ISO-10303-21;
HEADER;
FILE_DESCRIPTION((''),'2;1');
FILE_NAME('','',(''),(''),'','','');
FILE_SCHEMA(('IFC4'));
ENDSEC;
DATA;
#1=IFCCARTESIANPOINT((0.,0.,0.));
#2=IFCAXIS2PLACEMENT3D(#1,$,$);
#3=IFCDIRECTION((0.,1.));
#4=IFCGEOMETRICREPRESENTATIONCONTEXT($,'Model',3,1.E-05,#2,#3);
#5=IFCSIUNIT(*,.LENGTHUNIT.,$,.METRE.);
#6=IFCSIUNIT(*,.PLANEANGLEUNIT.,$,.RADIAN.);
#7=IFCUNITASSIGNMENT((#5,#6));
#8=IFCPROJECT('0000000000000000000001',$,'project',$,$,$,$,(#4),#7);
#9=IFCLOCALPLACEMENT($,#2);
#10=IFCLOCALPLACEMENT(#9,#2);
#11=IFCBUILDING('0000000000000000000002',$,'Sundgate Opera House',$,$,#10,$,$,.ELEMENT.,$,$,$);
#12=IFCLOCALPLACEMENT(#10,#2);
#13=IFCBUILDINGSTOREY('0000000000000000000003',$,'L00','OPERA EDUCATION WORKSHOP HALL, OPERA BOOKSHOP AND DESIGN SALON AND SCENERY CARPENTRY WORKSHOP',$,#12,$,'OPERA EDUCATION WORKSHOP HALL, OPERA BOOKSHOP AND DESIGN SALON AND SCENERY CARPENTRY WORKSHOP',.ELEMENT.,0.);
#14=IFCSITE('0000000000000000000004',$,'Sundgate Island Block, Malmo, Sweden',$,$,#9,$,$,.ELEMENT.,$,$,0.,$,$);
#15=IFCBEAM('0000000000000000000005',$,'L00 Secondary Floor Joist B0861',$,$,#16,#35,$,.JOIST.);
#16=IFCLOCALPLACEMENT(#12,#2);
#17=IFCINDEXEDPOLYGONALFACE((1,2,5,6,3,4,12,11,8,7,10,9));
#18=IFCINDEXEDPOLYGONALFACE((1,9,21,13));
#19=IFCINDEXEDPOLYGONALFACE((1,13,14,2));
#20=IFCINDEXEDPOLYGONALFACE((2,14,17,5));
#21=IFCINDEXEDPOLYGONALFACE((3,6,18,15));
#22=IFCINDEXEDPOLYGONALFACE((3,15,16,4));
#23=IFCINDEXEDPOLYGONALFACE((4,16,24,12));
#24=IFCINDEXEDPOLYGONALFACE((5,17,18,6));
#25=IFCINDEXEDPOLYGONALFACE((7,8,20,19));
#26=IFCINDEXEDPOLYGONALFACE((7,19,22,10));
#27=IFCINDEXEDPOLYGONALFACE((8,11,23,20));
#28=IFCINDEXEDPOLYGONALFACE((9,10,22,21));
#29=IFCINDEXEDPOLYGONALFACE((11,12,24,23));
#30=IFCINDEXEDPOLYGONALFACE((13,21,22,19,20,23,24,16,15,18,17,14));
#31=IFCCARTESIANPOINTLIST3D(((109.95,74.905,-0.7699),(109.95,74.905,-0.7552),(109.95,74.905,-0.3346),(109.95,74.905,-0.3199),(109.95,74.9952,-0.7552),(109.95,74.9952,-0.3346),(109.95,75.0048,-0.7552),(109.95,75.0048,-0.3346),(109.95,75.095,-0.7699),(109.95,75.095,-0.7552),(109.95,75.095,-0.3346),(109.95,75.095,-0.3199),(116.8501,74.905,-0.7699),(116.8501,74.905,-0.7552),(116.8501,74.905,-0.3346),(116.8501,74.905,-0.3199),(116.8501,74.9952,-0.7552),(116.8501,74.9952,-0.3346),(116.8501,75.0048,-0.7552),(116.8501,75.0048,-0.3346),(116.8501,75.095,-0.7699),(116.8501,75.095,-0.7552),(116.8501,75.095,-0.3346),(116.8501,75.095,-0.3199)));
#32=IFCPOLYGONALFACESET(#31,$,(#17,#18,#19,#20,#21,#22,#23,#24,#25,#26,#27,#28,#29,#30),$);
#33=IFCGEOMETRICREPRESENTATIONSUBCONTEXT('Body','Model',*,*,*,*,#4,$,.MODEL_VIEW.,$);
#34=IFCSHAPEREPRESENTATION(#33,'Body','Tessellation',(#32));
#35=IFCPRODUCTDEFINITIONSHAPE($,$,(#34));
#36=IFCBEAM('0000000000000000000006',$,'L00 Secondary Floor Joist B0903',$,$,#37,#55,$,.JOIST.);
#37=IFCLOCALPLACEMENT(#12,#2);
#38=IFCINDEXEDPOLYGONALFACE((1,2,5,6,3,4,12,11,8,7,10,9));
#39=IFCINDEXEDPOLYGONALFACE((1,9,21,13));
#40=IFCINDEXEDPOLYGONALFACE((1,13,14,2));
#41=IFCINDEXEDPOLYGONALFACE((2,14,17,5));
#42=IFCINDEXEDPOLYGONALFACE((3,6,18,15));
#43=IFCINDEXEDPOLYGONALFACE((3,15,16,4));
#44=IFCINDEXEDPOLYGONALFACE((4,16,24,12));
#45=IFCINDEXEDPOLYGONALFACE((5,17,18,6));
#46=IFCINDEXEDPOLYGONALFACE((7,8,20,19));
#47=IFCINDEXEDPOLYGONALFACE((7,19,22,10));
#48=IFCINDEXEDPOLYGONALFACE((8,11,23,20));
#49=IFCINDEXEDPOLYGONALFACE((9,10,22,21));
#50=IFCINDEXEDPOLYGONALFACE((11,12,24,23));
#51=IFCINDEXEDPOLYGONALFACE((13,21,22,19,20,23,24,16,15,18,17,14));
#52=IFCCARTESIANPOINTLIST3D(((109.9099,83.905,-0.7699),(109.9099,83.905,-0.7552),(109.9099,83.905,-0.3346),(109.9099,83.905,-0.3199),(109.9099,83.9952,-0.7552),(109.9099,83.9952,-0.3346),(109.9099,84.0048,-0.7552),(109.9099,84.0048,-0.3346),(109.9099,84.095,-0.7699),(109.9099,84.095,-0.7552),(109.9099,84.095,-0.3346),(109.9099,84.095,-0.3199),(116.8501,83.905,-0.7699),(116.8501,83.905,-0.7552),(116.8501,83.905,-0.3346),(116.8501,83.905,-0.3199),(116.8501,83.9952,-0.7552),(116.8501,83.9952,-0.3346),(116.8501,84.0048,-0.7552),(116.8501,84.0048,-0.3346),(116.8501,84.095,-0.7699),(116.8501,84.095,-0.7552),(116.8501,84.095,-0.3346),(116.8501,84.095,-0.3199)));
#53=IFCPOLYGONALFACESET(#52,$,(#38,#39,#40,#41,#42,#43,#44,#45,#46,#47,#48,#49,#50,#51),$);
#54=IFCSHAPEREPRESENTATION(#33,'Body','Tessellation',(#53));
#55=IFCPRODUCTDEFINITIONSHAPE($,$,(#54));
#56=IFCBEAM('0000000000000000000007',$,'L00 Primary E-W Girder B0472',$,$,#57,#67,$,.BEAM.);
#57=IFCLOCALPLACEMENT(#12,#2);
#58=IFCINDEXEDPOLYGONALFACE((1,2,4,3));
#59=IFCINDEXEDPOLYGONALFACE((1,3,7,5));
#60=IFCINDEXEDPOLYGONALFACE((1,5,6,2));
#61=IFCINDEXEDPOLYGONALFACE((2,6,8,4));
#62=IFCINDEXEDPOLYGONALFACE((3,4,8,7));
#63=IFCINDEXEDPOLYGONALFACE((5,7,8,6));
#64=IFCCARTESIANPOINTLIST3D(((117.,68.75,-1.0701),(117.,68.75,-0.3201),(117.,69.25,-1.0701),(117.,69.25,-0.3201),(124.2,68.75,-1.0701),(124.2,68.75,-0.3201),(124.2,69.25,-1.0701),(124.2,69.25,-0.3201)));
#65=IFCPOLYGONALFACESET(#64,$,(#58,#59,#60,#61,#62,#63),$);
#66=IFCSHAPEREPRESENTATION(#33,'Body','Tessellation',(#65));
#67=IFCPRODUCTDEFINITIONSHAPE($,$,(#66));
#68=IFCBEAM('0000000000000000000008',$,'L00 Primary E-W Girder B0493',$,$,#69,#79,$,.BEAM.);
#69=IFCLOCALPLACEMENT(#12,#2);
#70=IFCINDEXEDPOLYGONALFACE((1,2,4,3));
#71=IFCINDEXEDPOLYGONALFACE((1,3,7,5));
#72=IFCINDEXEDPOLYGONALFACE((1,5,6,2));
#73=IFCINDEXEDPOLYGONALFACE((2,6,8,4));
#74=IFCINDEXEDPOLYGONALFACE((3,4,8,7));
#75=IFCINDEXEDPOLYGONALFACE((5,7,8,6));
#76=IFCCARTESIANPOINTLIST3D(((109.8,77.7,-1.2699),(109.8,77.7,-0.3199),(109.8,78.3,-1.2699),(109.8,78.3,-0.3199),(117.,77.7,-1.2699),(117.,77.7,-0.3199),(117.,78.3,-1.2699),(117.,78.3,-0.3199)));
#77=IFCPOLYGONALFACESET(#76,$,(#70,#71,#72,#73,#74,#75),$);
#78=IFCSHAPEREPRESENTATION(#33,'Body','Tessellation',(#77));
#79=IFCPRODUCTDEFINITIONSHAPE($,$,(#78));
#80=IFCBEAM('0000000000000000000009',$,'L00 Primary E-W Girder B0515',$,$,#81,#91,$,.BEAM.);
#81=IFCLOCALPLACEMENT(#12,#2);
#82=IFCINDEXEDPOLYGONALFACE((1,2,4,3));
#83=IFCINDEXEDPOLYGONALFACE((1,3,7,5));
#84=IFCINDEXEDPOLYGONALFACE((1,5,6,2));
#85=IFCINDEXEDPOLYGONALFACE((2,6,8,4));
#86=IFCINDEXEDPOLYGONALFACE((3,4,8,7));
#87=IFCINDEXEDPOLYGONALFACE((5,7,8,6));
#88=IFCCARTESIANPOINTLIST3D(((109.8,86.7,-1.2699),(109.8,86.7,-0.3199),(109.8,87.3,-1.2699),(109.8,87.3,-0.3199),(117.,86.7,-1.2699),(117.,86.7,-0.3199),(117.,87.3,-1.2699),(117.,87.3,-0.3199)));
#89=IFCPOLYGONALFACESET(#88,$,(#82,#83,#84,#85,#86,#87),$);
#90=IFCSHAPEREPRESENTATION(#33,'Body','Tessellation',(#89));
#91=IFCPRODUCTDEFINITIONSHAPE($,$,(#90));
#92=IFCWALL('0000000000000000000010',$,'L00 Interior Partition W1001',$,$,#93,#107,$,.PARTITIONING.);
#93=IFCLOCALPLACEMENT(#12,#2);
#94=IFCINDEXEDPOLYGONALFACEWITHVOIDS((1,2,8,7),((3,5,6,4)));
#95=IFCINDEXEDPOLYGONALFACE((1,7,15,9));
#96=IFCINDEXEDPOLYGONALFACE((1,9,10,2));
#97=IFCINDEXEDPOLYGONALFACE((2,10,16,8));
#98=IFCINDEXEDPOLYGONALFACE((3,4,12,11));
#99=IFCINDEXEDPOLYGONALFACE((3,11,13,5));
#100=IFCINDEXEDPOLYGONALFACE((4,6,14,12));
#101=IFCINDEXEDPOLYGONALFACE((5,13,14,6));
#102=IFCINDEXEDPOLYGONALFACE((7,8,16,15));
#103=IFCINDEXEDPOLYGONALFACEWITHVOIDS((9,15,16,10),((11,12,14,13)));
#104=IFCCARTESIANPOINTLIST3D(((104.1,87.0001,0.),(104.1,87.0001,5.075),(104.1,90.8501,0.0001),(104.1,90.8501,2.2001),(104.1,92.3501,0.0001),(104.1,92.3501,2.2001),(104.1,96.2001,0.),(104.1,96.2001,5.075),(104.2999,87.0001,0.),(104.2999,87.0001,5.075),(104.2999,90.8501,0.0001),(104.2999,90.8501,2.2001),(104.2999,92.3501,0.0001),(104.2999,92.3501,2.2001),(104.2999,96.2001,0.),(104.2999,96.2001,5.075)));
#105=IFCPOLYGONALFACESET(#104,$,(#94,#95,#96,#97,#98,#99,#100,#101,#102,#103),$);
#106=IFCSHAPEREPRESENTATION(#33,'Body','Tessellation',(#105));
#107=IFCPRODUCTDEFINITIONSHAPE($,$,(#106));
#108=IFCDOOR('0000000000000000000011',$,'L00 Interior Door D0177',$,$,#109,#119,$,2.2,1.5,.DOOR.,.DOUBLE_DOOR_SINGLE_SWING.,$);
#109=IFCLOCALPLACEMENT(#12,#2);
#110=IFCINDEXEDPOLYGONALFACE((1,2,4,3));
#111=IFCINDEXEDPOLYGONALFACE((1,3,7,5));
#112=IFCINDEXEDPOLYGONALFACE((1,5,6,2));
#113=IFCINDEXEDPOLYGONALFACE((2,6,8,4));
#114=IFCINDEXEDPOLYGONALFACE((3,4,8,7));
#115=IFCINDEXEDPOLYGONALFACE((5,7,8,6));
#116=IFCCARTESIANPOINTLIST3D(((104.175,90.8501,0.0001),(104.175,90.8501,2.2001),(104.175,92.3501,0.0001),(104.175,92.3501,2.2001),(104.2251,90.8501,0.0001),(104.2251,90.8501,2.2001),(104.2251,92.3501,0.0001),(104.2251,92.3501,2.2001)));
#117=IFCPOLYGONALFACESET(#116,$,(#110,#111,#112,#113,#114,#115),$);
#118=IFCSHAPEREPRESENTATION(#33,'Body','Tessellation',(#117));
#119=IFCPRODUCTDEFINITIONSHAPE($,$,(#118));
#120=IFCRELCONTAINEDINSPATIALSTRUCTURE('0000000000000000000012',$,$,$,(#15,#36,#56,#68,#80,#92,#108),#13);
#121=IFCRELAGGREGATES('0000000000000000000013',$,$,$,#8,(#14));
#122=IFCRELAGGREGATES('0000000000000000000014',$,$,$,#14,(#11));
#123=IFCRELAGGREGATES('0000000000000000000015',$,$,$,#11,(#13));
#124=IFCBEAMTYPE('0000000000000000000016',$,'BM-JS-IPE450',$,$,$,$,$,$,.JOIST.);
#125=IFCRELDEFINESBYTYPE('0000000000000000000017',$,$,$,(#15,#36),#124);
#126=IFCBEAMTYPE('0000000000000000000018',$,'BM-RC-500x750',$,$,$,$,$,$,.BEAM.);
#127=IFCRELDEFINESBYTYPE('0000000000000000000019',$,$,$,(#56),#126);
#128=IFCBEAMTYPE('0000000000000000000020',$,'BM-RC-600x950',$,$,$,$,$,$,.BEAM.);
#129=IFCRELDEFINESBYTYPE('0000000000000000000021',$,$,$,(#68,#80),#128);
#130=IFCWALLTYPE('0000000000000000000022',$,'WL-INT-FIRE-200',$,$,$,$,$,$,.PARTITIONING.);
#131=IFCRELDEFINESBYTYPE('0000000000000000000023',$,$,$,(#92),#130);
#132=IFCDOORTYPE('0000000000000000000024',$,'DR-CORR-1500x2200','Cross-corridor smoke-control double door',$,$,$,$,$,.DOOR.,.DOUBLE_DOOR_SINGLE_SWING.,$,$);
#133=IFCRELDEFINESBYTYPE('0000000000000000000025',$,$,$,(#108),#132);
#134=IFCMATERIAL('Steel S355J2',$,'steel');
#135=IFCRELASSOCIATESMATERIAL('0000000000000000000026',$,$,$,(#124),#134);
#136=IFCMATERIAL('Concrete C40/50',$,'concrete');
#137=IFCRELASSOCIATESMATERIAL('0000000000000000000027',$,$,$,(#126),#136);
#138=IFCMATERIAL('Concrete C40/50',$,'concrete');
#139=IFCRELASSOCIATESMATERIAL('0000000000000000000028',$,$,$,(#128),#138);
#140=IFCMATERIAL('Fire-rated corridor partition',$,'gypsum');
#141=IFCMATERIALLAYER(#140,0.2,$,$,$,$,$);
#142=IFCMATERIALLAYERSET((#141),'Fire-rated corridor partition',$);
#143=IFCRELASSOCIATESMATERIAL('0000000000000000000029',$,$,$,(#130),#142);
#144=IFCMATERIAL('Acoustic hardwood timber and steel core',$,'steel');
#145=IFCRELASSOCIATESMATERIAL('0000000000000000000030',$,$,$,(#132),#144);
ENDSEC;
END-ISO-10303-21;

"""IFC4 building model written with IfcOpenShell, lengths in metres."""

from ifc_helpers import new_model, si_unit, direction, frame, frame_2d, origin, origin_2d, place, context, subcontext, project, spatial, rectangle, i_section, extrude, material, layer, layer_set, material_profile, profile_set, type_object, element, fill, save


model = new_model("IFC4")

# Units and contexts
model_context = context("Model", 3, precision=1e-05, world=origin(), true_north=direction((0.0, 1.0)))
body_context = subcontext(model_context, "Body", "Model", "MODEL_VIEW")
ifc_project = project(units=[si_unit("LENGTHUNIT", "METRE"), si_unit("PLANEANGLEUNIT", "RADIAN")], contexts=[model_context])

# Site, building, storey
site_placement = place(None, origin())
site = spatial("IfcSite", under=ifc_project, at=site_placement, Name="Sundgate Island Block, Malmo, Sweden", CompositionType="ELEMENT", RefElevation=0.0)
building_placement = place(site_placement, origin())
building = spatial("IfcBuilding", under=site, at=building_placement, Name="Sundgate Opera House", CompositionType="ELEMENT")
storey_placement = place(building_placement, origin())
storey = spatial("IfcBuildingStorey", under=building, at=storey_placement, Name="L00", Description="OPERA EDUCATION WORKSHOP HALL, OPERA BOOKSHOP AND DESIGN SALON AND SCENERY CARPENTRY WORKSHOP", LongName="OPERA EDUCATION WORKSHOP HALL, OPERA BOOKSHOP AND DESIGN SALON AND SCENERY CARPENTRY WORKSHOP", CompositionType="ELEMENT", Elevation=0.0)

# Beams
ifc_material_1 = material(Name="Steel S355J2", Category="steel")
ifc_material_profile_1 = material_profile(ifc_material_1, i_section(OverallWidth=0.1899, OverallDepth=0.45, WebThickness=0.0095, FlangeThickness=0.0146, at=origin_2d()), Name="IPE 450")
ifc_profile_set_1 = profile_set([ifc_material_profile_1], Name="Steel S355J2")
beam_type_1 = type_object("IfcBeamType", Name="BM-JS-IPE450", PredefinedType="JOIST", material=ifc_profile_set_1)
beam_1_placement = place(storey_placement, frame((109.95, 75.0, -0.5449), z_axis=(1.0, 0.0, 0.0), x_axis=(0.0, 1.0, 0.0)))
element("IfcBeam", 1, at=beam_1_placement, inside=storey, type_object=beam_type_1, Name="L00 Secondary Floor Joist B0861", PredefinedType="JOIST", context=body_context, shape_type="SweptSolid", body=[
    extrude(i_section(OverallWidth=0.1899, OverallDepth=0.45, WebThickness=0.0095, FlangeThickness=0.0146, at=origin_2d()), origin(), (0.0, 0.0, 1.0), 6.9001),
])
beam_2_placement = place(storey_placement, frame((109.9099, 84.0, -0.5449), z_axis=(1.0, 0.0, 0.0), x_axis=(0.0, 1.0, 0.0)))
element("IfcBeam", 2, at=beam_2_placement, inside=storey, type_object=beam_type_1, Name="L00 Secondary Floor Joist B0903", PredefinedType="JOIST", context=body_context, shape_type="SweptSolid", body=[
    extrude(i_section(OverallWidth=0.1899, OverallDepth=0.45, WebThickness=0.0095, FlangeThickness=0.0146, at=origin_2d()), origin(), (0.0, 0.0, 1.0), 6.9402),
])
ifc_material_2 = material(Name="Concrete C40/50", Category="concrete")
ifc_material_profile_2 = material_profile(ifc_material_2, rectangle(XDim=0.5, YDim=0.75, at=origin_2d()), Name="RC 500x750")
ifc_profile_set_2 = profile_set([ifc_material_profile_2], Name="Concrete C40/50")
beam_type_2 = type_object("IfcBeamType", Name="BM-RC-500x750", PredefinedType="BEAM", material=ifc_profile_set_2)
beam_3_placement = place(storey_placement, frame((117.0, 69.0, -0.6951), z_axis=(1.0, 0.0, 0.0), x_axis=(0.0, 1.0, 0.0)))
element("IfcBeam", 3, at=beam_3_placement, inside=storey, type_object=beam_type_2, Name="L00 Primary E-W Girder B0472", PredefinedType="BEAM", context=body_context, shape_type="SweptSolid", body=[
    extrude(rectangle(XDim=0.5, YDim=0.75, at=origin_2d()), origin(), (0.0, 0.0, 1.0), 7.2),
])
ifc_material_3 = material(Name="Concrete C40/50", Category="concrete")
ifc_material_profile_3 = material_profile(ifc_material_3, rectangle(XDim=0.6001, YDim=0.95, at=origin_2d()), Name="RC 600x950")
ifc_profile_set_3 = profile_set([ifc_material_profile_3], Name="Concrete C40/50")
beam_type_3 = type_object("IfcBeamType", Name="BM-RC-600x950", PredefinedType="BEAM", material=ifc_profile_set_3)
for number, where, z_axis, x_axis, name in (
    (4, (109.8, 78.0, -0.7949), (1.0, 0.0, 0.0), (0.0, 1.0, 0.0), "L00 Primary E-W Girder B0493"),
    (5, (109.8, 87.0, -0.7949), (1.0, 0.0, 0.0), (0.0, 1.0, 0.0), "L00 Primary E-W Girder B0515"),
):
    element("IfcBeam", number, at=place(storey_placement, frame(where, z_axis=z_axis, x_axis=x_axis)), inside=storey, type_object=beam_type_3, Name=name, PredefinedType="BEAM", context=body_context, shape_type="SweptSolid", body=[
        extrude(rectangle(XDim=0.6001, YDim=0.95, at=origin_2d()), origin(), (0.0, 0.0, 1.0), 7.2),
    ])

# Wall, opening, door
ifc_material_4 = material(Name="Fire-rated corridor partition", Category="gypsum")
ifc_layer = layer(ifc_material_4, 0.2)
ifc_layer_set = layer_set([ifc_layer], Name="Fire-rated corridor partition")
wall_type = type_object("IfcWallType", Name="WL-INT-FIRE-200", PredefinedType="PARTITIONING", material=ifc_layer_set)
wall_placement = place(storey_placement, frame((104.2, 87.0, 0.0), z_axis=(0.0, 0.0, 1.0), x_axis=(0.0, 1.0, 0.0)))
wall = element("IfcWall", 6, at=wall_placement, inside=storey, type_object=wall_type, Name="L00 Interior Partition W1001", PredefinedType="PARTITIONING", context=body_context, shape_type="SweptSolid", body=[
    extrude(rectangle(XDim=9.2, YDim=0.2, at=frame_2d((4.6001, 0.0))), origin(), (0.0, 0.0, 1.0), 5.075),
])
opening_placement = place(wall_placement, frame((3.8501, 0.0, 0.0)))
opening = element("IfcOpeningElement", 7, at=opening_placement, cuts=wall, PredefinedType="OPENING", context=body_context, shape_type="SweptSolid", body=[
    extrude(rectangle(XDim=1.5, YDim=2.2, at=frame_2d((0.75, 1.1001))), frame((0.0, 0.1099, 0.0), z_axis=(0.0, -1.0, 0.0), x_axis=(1.0, 0.0, 0.0)), (0.0, 0.0, 1.0), 0.22),
])
ifc_material_5 = material(Name="Acoustic hardwood timber and steel core", Category="steel")
door_type = type_object("IfcDoorType", Name="DR-CORR-1500x2200", Description="Cross-corridor smoke-control double door", OperationType="DOUBLE_DOOR_SINGLE_SWING", PredefinedType="DOOR", material=ifc_material_5)
door_placement = place(opening_placement, origin())
door = element("IfcDoor", 8, at=door_placement, inside=storey, type_object=door_type, Name="L00 Interior Door D0177", OperationType="DOUBLE_DOOR_SINGLE_SWING", OverallHeight=2.2, OverallWidth=1.5, PredefinedType="DOOR", context=body_context, shape_type="SweptSolid", body=[
    extrude(rectangle(XDim=1.5, YDim=2.2, at=frame_2d((0.75, 1.1001))), frame((0.0, 0.0249, 0.0), z_axis=(0.0, -1.0, 0.0), x_axis=(1.0, 0.0, 0.0)), (0.0, 0.0, 1.0), 0.05),
])
fill(opening, door)

save(model, "model.ifc")
